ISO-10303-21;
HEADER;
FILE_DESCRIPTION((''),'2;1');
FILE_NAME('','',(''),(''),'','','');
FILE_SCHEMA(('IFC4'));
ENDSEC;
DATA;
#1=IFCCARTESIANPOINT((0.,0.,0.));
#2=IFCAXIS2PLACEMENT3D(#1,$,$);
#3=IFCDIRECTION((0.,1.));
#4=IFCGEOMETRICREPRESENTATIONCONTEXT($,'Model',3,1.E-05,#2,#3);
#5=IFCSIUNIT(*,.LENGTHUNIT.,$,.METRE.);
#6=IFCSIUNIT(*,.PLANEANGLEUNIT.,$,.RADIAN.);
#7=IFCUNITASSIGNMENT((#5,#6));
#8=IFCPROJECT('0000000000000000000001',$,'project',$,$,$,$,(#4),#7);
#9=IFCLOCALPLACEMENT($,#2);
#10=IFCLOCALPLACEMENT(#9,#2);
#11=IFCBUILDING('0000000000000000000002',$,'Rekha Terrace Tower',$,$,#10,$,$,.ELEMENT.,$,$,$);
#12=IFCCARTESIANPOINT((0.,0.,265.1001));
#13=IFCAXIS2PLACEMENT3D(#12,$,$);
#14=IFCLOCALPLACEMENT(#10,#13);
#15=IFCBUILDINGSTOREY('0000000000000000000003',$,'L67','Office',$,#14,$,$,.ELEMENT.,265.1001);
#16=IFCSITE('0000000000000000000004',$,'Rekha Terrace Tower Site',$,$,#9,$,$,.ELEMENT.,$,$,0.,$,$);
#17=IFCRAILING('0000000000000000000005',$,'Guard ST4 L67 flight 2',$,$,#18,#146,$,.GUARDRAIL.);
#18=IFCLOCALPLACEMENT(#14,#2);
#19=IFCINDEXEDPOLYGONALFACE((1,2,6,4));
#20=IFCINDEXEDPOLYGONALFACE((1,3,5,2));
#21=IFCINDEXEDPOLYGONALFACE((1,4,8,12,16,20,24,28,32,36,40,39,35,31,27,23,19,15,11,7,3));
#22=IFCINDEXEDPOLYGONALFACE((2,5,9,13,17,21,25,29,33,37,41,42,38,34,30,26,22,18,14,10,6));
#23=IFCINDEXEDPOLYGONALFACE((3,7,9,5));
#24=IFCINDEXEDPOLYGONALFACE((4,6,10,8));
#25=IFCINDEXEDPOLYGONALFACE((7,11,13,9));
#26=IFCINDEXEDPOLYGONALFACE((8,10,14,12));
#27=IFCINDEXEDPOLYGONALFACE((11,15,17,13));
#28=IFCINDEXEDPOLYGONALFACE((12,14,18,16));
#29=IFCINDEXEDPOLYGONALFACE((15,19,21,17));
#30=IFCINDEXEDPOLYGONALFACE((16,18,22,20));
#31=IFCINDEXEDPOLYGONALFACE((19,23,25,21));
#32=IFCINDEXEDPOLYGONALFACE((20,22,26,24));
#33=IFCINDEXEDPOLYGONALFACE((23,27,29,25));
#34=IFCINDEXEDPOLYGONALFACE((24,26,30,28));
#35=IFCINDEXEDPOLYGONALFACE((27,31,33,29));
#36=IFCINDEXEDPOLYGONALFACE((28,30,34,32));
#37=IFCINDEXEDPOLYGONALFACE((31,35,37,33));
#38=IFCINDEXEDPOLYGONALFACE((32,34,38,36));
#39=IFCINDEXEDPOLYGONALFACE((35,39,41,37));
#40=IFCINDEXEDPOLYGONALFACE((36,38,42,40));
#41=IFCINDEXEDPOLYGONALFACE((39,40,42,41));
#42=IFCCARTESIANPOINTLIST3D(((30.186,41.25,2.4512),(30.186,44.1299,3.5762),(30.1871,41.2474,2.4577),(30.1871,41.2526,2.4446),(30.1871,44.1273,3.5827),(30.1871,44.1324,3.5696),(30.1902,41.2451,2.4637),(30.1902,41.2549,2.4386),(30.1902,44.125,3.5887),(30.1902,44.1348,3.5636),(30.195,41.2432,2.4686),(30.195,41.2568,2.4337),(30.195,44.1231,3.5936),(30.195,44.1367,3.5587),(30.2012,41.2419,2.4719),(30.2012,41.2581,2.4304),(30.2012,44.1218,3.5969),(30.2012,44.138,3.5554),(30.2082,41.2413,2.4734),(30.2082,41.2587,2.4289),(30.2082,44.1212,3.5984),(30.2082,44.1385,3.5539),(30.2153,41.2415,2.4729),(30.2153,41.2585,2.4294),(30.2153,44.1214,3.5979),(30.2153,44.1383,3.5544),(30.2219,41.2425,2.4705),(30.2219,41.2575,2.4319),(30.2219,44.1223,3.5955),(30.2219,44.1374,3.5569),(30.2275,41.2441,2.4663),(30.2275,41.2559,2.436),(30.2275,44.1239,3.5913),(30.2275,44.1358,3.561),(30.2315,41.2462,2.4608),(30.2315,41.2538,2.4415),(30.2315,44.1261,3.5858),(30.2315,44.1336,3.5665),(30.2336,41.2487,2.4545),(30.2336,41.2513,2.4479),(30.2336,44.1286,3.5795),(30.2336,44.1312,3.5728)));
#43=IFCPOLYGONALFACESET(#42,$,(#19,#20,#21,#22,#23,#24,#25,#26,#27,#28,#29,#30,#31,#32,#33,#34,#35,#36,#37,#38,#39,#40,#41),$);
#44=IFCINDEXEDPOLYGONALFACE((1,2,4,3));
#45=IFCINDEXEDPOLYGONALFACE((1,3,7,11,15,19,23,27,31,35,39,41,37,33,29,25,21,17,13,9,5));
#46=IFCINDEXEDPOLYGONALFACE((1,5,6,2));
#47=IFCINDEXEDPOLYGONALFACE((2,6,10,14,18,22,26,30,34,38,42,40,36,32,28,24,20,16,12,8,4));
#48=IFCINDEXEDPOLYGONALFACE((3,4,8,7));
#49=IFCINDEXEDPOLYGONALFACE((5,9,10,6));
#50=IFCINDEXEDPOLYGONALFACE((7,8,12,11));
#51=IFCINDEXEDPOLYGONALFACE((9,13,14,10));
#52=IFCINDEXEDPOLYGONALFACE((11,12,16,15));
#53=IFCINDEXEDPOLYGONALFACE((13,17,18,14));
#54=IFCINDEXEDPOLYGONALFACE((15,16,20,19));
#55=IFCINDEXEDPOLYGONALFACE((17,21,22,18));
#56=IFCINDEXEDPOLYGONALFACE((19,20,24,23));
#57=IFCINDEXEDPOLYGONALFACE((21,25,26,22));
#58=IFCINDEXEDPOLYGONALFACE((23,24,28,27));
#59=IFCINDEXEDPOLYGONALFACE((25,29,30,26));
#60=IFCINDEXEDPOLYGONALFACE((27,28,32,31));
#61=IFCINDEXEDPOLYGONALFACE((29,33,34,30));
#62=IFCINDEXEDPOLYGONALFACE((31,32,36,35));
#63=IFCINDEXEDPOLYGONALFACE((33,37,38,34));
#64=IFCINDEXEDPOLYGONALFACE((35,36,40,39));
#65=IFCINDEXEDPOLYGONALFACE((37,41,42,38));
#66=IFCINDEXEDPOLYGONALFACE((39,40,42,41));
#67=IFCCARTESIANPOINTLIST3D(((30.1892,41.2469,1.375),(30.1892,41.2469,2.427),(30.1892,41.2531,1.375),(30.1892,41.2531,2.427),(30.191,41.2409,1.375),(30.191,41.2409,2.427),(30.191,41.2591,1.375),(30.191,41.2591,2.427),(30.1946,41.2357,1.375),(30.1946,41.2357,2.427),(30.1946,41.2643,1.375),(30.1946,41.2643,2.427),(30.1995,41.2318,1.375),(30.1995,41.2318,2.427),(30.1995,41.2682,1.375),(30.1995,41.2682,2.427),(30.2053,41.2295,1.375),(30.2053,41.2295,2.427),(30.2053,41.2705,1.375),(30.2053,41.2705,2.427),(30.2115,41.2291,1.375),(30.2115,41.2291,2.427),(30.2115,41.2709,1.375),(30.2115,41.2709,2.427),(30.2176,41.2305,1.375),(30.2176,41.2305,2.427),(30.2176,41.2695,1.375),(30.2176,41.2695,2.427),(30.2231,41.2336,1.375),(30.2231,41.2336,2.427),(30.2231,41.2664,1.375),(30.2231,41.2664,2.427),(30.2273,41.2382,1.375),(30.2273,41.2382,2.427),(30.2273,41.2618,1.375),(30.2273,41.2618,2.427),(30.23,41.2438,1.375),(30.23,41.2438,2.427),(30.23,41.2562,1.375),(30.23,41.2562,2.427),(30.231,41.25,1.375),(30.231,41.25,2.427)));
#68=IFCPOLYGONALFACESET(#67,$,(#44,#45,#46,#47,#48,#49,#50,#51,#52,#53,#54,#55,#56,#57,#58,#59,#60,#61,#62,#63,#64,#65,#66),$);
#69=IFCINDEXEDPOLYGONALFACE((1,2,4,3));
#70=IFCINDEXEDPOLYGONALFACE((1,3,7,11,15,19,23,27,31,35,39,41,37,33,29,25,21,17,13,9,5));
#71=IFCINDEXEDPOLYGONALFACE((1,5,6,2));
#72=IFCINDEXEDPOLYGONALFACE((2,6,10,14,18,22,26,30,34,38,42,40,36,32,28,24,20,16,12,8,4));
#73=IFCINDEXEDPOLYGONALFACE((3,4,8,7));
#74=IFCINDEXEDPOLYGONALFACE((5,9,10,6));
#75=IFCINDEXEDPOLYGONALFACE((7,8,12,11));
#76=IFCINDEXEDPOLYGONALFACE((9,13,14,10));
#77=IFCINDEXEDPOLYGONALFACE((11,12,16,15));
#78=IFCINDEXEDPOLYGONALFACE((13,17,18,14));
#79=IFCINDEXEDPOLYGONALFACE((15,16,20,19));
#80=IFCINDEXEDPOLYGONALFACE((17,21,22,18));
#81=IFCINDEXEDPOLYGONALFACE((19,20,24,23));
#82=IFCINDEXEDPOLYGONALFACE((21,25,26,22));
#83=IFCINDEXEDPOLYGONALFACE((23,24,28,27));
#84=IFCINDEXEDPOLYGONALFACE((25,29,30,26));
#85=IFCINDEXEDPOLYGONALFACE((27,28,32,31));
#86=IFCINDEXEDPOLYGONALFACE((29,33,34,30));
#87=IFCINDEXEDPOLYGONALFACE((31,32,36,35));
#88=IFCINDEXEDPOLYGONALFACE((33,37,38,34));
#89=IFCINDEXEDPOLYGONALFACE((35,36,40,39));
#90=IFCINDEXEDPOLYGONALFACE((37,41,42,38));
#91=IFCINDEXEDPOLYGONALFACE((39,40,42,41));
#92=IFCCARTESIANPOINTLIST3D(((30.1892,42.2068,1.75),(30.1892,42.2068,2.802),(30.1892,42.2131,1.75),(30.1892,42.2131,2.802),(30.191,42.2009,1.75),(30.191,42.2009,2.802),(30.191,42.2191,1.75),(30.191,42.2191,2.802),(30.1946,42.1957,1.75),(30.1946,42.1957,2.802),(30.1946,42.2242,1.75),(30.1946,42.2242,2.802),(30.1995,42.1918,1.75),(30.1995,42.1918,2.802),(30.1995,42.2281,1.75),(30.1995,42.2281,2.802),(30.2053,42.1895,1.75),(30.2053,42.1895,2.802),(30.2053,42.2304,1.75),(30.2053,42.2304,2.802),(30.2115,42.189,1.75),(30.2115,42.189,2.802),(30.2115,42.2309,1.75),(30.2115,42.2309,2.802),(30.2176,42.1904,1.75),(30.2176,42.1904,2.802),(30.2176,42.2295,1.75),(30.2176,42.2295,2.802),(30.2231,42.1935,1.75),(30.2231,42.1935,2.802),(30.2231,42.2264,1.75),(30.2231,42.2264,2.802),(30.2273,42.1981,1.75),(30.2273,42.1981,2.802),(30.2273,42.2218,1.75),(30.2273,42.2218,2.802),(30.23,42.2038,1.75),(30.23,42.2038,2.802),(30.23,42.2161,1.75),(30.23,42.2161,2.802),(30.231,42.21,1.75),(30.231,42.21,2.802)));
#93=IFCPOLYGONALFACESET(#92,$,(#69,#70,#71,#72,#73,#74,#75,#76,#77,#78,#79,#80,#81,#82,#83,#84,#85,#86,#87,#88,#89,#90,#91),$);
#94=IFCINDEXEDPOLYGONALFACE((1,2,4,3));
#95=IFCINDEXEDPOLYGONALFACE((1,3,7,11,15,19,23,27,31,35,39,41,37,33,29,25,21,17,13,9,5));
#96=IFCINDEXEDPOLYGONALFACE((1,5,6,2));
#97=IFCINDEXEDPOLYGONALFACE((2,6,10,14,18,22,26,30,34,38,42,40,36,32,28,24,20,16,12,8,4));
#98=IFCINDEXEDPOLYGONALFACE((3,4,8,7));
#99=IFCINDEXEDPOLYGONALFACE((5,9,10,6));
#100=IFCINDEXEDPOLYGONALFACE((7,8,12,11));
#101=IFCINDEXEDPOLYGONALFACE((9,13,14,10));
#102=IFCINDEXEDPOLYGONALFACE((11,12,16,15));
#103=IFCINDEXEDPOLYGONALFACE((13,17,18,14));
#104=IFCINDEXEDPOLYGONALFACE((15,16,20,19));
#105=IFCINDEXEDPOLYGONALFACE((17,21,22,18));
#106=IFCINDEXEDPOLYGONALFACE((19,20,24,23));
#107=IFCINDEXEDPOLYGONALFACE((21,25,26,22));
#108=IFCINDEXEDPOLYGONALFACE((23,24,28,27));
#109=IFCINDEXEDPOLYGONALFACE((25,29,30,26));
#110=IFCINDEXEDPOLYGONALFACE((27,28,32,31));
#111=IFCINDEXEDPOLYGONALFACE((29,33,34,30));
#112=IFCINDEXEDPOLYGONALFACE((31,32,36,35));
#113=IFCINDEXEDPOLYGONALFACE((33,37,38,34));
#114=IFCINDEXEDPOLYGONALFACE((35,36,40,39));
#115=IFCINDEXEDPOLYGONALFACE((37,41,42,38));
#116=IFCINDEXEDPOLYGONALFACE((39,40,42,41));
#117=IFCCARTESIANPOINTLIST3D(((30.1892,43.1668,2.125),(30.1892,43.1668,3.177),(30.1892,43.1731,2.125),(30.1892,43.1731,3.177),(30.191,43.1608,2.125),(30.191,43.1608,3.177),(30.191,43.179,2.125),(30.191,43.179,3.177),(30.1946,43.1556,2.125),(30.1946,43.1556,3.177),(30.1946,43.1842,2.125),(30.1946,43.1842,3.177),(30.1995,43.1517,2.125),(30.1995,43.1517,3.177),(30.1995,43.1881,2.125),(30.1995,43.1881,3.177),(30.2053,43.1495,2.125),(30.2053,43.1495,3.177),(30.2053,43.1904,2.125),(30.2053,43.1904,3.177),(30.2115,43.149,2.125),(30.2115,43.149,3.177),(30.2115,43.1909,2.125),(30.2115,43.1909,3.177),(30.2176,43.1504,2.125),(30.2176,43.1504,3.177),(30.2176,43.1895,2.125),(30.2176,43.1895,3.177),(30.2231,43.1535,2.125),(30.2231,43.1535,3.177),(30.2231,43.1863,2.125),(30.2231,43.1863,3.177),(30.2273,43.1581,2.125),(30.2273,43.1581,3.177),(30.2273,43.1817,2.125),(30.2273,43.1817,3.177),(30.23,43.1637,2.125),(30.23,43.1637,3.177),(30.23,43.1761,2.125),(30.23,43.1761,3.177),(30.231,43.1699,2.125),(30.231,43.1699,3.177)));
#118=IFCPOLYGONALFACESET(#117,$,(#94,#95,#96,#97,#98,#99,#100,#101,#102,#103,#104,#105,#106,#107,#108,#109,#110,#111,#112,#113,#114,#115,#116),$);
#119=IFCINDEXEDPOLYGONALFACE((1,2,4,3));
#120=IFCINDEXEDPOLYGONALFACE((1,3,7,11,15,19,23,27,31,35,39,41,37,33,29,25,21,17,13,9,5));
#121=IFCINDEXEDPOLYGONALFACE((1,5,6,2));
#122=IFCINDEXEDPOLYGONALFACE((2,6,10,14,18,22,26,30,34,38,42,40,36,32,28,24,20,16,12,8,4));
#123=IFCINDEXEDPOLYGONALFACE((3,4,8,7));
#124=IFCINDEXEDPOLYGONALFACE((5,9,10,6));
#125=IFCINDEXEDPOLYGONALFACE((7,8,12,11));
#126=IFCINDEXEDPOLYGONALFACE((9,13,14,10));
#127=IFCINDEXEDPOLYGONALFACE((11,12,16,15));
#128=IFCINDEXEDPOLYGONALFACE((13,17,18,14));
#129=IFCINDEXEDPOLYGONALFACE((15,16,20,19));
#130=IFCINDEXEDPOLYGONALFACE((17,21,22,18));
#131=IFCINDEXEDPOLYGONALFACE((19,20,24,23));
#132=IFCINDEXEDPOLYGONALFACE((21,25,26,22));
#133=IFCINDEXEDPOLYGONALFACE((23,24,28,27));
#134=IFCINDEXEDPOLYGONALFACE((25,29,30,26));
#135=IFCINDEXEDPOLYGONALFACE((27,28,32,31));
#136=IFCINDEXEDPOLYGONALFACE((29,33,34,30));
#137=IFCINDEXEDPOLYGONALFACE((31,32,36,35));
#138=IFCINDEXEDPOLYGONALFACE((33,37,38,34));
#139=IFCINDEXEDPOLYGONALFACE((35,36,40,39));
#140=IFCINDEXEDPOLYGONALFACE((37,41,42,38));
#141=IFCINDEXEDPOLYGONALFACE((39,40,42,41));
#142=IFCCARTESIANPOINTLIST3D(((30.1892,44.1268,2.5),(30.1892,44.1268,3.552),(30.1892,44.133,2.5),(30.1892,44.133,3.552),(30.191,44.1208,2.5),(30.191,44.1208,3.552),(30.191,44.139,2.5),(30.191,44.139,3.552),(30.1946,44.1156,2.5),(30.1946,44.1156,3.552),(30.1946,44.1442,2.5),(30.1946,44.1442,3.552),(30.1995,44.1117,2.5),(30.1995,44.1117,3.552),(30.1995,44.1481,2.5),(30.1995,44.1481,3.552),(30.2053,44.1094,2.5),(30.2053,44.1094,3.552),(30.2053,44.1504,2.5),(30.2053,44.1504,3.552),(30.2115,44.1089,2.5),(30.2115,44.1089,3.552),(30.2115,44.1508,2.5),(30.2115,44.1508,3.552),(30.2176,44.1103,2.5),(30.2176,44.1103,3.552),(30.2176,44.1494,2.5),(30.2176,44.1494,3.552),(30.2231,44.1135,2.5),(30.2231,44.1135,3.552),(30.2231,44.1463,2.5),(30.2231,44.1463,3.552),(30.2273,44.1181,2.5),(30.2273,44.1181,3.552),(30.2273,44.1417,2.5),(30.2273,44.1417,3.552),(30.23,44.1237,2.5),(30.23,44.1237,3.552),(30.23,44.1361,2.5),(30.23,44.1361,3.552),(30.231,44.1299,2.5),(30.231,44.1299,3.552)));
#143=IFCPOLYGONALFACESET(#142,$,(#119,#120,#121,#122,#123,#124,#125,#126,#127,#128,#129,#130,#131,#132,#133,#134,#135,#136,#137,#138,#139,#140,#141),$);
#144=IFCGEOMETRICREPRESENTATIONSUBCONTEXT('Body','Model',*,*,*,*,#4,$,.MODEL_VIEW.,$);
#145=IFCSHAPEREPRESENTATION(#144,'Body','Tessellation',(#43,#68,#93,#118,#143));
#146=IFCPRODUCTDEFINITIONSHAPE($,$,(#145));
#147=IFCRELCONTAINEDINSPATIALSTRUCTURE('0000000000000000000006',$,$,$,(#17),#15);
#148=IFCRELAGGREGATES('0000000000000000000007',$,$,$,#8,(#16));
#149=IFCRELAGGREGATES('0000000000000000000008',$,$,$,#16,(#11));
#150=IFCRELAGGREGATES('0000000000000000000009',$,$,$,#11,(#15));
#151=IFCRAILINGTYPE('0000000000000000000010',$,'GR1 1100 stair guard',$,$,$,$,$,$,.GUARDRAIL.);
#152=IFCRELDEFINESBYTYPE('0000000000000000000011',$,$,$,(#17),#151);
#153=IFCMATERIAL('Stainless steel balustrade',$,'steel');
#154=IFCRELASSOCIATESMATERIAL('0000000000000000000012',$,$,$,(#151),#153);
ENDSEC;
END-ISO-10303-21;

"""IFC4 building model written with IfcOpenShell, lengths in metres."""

from ifc_helpers import new_model, si_unit, direction, frame, origin, origin_2d, place, context, subcontext, project, spatial, circle, extrude, material, type_object, element, save


model = new_model("IFC4")

# Units and contexts
model_context = context("Model", 3, precision=1e-05, world=origin(), true_north=direction((0.0, 1.0)))
body_context = subcontext(model_context, "Body", "Model", "MODEL_VIEW")
ifc_project = project(units=[si_unit("LENGTHUNIT", "METRE"), si_unit("PLANEANGLEUNIT", "RADIAN")], contexts=[model_context])

# Site, building, storey
site_placement = place(None, origin())
site = spatial("IfcSite", under=ifc_project, at=site_placement, Name="Rekha Terrace Tower Site", CompositionType="ELEMENT", RefElevation=0.0)
building_placement = place(site_placement, origin())
building = spatial("IfcBuilding", under=site, at=building_placement, Name="Rekha Terrace Tower", CompositionType="ELEMENT")
storey_placement = place(building_placement, frame((0.0, 0.0, 265.1001)))
storey = spatial("IfcBuildingStorey", under=building, at=storey_placement, Name="L67", Description="Office", CompositionType="ELEMENT", Elevation=265.1001)

# Railing
ifc_material_1 = material(Name="Stainless steel balustrade", Category="steel")
railing_type_1 = type_object("IfcRailingType", Name="GR1 1100 stair guard", PredefinedType="GUARDRAIL", material=ifc_material_1)
railing_1_placement = place(storey_placement, frame((30.21, 41.25, 1.375)))
element("IfcRailing", 1, at=railing_1_placement, inside=storey, type_object=railing_type_1, Name="Guard ST4 L67 flight 2", PredefinedType="GUARDRAIL", context=body_context, shape_type="SweptSolid", body=[
    extrude(circle(Radius=0.0239, at=origin_2d()), frame((0.0, 0.0, 1.0762), z_axis=(0.0, 0.931452, 0.363863), x_axis=(-1.0, 0.0, 0.0)), (0.0, 0.0, 1.0), 3.0918),
    extrude(circle(Radius=0.021, at=origin_2d()), origin(), (0.0, 0.0, 1.0), 1.052),
    extrude(circle(Radius=0.021, at=origin_2d()), frame((0.0, 0.96, 0.375)), (0.0, 0.0, 1.0), 1.052),
    extrude(circle(Radius=0.021, at=origin_2d()), frame((0.0, 1.9199, 0.75)), (0.0, 0.0, 1.0), 1.052),
    extrude(circle(Radius=0.021, at=origin_2d()), frame((0.0, 2.8799, 1.125)), (0.0, 0.0, 1.0), 1.052),
])

save(model, "model.ifc")
